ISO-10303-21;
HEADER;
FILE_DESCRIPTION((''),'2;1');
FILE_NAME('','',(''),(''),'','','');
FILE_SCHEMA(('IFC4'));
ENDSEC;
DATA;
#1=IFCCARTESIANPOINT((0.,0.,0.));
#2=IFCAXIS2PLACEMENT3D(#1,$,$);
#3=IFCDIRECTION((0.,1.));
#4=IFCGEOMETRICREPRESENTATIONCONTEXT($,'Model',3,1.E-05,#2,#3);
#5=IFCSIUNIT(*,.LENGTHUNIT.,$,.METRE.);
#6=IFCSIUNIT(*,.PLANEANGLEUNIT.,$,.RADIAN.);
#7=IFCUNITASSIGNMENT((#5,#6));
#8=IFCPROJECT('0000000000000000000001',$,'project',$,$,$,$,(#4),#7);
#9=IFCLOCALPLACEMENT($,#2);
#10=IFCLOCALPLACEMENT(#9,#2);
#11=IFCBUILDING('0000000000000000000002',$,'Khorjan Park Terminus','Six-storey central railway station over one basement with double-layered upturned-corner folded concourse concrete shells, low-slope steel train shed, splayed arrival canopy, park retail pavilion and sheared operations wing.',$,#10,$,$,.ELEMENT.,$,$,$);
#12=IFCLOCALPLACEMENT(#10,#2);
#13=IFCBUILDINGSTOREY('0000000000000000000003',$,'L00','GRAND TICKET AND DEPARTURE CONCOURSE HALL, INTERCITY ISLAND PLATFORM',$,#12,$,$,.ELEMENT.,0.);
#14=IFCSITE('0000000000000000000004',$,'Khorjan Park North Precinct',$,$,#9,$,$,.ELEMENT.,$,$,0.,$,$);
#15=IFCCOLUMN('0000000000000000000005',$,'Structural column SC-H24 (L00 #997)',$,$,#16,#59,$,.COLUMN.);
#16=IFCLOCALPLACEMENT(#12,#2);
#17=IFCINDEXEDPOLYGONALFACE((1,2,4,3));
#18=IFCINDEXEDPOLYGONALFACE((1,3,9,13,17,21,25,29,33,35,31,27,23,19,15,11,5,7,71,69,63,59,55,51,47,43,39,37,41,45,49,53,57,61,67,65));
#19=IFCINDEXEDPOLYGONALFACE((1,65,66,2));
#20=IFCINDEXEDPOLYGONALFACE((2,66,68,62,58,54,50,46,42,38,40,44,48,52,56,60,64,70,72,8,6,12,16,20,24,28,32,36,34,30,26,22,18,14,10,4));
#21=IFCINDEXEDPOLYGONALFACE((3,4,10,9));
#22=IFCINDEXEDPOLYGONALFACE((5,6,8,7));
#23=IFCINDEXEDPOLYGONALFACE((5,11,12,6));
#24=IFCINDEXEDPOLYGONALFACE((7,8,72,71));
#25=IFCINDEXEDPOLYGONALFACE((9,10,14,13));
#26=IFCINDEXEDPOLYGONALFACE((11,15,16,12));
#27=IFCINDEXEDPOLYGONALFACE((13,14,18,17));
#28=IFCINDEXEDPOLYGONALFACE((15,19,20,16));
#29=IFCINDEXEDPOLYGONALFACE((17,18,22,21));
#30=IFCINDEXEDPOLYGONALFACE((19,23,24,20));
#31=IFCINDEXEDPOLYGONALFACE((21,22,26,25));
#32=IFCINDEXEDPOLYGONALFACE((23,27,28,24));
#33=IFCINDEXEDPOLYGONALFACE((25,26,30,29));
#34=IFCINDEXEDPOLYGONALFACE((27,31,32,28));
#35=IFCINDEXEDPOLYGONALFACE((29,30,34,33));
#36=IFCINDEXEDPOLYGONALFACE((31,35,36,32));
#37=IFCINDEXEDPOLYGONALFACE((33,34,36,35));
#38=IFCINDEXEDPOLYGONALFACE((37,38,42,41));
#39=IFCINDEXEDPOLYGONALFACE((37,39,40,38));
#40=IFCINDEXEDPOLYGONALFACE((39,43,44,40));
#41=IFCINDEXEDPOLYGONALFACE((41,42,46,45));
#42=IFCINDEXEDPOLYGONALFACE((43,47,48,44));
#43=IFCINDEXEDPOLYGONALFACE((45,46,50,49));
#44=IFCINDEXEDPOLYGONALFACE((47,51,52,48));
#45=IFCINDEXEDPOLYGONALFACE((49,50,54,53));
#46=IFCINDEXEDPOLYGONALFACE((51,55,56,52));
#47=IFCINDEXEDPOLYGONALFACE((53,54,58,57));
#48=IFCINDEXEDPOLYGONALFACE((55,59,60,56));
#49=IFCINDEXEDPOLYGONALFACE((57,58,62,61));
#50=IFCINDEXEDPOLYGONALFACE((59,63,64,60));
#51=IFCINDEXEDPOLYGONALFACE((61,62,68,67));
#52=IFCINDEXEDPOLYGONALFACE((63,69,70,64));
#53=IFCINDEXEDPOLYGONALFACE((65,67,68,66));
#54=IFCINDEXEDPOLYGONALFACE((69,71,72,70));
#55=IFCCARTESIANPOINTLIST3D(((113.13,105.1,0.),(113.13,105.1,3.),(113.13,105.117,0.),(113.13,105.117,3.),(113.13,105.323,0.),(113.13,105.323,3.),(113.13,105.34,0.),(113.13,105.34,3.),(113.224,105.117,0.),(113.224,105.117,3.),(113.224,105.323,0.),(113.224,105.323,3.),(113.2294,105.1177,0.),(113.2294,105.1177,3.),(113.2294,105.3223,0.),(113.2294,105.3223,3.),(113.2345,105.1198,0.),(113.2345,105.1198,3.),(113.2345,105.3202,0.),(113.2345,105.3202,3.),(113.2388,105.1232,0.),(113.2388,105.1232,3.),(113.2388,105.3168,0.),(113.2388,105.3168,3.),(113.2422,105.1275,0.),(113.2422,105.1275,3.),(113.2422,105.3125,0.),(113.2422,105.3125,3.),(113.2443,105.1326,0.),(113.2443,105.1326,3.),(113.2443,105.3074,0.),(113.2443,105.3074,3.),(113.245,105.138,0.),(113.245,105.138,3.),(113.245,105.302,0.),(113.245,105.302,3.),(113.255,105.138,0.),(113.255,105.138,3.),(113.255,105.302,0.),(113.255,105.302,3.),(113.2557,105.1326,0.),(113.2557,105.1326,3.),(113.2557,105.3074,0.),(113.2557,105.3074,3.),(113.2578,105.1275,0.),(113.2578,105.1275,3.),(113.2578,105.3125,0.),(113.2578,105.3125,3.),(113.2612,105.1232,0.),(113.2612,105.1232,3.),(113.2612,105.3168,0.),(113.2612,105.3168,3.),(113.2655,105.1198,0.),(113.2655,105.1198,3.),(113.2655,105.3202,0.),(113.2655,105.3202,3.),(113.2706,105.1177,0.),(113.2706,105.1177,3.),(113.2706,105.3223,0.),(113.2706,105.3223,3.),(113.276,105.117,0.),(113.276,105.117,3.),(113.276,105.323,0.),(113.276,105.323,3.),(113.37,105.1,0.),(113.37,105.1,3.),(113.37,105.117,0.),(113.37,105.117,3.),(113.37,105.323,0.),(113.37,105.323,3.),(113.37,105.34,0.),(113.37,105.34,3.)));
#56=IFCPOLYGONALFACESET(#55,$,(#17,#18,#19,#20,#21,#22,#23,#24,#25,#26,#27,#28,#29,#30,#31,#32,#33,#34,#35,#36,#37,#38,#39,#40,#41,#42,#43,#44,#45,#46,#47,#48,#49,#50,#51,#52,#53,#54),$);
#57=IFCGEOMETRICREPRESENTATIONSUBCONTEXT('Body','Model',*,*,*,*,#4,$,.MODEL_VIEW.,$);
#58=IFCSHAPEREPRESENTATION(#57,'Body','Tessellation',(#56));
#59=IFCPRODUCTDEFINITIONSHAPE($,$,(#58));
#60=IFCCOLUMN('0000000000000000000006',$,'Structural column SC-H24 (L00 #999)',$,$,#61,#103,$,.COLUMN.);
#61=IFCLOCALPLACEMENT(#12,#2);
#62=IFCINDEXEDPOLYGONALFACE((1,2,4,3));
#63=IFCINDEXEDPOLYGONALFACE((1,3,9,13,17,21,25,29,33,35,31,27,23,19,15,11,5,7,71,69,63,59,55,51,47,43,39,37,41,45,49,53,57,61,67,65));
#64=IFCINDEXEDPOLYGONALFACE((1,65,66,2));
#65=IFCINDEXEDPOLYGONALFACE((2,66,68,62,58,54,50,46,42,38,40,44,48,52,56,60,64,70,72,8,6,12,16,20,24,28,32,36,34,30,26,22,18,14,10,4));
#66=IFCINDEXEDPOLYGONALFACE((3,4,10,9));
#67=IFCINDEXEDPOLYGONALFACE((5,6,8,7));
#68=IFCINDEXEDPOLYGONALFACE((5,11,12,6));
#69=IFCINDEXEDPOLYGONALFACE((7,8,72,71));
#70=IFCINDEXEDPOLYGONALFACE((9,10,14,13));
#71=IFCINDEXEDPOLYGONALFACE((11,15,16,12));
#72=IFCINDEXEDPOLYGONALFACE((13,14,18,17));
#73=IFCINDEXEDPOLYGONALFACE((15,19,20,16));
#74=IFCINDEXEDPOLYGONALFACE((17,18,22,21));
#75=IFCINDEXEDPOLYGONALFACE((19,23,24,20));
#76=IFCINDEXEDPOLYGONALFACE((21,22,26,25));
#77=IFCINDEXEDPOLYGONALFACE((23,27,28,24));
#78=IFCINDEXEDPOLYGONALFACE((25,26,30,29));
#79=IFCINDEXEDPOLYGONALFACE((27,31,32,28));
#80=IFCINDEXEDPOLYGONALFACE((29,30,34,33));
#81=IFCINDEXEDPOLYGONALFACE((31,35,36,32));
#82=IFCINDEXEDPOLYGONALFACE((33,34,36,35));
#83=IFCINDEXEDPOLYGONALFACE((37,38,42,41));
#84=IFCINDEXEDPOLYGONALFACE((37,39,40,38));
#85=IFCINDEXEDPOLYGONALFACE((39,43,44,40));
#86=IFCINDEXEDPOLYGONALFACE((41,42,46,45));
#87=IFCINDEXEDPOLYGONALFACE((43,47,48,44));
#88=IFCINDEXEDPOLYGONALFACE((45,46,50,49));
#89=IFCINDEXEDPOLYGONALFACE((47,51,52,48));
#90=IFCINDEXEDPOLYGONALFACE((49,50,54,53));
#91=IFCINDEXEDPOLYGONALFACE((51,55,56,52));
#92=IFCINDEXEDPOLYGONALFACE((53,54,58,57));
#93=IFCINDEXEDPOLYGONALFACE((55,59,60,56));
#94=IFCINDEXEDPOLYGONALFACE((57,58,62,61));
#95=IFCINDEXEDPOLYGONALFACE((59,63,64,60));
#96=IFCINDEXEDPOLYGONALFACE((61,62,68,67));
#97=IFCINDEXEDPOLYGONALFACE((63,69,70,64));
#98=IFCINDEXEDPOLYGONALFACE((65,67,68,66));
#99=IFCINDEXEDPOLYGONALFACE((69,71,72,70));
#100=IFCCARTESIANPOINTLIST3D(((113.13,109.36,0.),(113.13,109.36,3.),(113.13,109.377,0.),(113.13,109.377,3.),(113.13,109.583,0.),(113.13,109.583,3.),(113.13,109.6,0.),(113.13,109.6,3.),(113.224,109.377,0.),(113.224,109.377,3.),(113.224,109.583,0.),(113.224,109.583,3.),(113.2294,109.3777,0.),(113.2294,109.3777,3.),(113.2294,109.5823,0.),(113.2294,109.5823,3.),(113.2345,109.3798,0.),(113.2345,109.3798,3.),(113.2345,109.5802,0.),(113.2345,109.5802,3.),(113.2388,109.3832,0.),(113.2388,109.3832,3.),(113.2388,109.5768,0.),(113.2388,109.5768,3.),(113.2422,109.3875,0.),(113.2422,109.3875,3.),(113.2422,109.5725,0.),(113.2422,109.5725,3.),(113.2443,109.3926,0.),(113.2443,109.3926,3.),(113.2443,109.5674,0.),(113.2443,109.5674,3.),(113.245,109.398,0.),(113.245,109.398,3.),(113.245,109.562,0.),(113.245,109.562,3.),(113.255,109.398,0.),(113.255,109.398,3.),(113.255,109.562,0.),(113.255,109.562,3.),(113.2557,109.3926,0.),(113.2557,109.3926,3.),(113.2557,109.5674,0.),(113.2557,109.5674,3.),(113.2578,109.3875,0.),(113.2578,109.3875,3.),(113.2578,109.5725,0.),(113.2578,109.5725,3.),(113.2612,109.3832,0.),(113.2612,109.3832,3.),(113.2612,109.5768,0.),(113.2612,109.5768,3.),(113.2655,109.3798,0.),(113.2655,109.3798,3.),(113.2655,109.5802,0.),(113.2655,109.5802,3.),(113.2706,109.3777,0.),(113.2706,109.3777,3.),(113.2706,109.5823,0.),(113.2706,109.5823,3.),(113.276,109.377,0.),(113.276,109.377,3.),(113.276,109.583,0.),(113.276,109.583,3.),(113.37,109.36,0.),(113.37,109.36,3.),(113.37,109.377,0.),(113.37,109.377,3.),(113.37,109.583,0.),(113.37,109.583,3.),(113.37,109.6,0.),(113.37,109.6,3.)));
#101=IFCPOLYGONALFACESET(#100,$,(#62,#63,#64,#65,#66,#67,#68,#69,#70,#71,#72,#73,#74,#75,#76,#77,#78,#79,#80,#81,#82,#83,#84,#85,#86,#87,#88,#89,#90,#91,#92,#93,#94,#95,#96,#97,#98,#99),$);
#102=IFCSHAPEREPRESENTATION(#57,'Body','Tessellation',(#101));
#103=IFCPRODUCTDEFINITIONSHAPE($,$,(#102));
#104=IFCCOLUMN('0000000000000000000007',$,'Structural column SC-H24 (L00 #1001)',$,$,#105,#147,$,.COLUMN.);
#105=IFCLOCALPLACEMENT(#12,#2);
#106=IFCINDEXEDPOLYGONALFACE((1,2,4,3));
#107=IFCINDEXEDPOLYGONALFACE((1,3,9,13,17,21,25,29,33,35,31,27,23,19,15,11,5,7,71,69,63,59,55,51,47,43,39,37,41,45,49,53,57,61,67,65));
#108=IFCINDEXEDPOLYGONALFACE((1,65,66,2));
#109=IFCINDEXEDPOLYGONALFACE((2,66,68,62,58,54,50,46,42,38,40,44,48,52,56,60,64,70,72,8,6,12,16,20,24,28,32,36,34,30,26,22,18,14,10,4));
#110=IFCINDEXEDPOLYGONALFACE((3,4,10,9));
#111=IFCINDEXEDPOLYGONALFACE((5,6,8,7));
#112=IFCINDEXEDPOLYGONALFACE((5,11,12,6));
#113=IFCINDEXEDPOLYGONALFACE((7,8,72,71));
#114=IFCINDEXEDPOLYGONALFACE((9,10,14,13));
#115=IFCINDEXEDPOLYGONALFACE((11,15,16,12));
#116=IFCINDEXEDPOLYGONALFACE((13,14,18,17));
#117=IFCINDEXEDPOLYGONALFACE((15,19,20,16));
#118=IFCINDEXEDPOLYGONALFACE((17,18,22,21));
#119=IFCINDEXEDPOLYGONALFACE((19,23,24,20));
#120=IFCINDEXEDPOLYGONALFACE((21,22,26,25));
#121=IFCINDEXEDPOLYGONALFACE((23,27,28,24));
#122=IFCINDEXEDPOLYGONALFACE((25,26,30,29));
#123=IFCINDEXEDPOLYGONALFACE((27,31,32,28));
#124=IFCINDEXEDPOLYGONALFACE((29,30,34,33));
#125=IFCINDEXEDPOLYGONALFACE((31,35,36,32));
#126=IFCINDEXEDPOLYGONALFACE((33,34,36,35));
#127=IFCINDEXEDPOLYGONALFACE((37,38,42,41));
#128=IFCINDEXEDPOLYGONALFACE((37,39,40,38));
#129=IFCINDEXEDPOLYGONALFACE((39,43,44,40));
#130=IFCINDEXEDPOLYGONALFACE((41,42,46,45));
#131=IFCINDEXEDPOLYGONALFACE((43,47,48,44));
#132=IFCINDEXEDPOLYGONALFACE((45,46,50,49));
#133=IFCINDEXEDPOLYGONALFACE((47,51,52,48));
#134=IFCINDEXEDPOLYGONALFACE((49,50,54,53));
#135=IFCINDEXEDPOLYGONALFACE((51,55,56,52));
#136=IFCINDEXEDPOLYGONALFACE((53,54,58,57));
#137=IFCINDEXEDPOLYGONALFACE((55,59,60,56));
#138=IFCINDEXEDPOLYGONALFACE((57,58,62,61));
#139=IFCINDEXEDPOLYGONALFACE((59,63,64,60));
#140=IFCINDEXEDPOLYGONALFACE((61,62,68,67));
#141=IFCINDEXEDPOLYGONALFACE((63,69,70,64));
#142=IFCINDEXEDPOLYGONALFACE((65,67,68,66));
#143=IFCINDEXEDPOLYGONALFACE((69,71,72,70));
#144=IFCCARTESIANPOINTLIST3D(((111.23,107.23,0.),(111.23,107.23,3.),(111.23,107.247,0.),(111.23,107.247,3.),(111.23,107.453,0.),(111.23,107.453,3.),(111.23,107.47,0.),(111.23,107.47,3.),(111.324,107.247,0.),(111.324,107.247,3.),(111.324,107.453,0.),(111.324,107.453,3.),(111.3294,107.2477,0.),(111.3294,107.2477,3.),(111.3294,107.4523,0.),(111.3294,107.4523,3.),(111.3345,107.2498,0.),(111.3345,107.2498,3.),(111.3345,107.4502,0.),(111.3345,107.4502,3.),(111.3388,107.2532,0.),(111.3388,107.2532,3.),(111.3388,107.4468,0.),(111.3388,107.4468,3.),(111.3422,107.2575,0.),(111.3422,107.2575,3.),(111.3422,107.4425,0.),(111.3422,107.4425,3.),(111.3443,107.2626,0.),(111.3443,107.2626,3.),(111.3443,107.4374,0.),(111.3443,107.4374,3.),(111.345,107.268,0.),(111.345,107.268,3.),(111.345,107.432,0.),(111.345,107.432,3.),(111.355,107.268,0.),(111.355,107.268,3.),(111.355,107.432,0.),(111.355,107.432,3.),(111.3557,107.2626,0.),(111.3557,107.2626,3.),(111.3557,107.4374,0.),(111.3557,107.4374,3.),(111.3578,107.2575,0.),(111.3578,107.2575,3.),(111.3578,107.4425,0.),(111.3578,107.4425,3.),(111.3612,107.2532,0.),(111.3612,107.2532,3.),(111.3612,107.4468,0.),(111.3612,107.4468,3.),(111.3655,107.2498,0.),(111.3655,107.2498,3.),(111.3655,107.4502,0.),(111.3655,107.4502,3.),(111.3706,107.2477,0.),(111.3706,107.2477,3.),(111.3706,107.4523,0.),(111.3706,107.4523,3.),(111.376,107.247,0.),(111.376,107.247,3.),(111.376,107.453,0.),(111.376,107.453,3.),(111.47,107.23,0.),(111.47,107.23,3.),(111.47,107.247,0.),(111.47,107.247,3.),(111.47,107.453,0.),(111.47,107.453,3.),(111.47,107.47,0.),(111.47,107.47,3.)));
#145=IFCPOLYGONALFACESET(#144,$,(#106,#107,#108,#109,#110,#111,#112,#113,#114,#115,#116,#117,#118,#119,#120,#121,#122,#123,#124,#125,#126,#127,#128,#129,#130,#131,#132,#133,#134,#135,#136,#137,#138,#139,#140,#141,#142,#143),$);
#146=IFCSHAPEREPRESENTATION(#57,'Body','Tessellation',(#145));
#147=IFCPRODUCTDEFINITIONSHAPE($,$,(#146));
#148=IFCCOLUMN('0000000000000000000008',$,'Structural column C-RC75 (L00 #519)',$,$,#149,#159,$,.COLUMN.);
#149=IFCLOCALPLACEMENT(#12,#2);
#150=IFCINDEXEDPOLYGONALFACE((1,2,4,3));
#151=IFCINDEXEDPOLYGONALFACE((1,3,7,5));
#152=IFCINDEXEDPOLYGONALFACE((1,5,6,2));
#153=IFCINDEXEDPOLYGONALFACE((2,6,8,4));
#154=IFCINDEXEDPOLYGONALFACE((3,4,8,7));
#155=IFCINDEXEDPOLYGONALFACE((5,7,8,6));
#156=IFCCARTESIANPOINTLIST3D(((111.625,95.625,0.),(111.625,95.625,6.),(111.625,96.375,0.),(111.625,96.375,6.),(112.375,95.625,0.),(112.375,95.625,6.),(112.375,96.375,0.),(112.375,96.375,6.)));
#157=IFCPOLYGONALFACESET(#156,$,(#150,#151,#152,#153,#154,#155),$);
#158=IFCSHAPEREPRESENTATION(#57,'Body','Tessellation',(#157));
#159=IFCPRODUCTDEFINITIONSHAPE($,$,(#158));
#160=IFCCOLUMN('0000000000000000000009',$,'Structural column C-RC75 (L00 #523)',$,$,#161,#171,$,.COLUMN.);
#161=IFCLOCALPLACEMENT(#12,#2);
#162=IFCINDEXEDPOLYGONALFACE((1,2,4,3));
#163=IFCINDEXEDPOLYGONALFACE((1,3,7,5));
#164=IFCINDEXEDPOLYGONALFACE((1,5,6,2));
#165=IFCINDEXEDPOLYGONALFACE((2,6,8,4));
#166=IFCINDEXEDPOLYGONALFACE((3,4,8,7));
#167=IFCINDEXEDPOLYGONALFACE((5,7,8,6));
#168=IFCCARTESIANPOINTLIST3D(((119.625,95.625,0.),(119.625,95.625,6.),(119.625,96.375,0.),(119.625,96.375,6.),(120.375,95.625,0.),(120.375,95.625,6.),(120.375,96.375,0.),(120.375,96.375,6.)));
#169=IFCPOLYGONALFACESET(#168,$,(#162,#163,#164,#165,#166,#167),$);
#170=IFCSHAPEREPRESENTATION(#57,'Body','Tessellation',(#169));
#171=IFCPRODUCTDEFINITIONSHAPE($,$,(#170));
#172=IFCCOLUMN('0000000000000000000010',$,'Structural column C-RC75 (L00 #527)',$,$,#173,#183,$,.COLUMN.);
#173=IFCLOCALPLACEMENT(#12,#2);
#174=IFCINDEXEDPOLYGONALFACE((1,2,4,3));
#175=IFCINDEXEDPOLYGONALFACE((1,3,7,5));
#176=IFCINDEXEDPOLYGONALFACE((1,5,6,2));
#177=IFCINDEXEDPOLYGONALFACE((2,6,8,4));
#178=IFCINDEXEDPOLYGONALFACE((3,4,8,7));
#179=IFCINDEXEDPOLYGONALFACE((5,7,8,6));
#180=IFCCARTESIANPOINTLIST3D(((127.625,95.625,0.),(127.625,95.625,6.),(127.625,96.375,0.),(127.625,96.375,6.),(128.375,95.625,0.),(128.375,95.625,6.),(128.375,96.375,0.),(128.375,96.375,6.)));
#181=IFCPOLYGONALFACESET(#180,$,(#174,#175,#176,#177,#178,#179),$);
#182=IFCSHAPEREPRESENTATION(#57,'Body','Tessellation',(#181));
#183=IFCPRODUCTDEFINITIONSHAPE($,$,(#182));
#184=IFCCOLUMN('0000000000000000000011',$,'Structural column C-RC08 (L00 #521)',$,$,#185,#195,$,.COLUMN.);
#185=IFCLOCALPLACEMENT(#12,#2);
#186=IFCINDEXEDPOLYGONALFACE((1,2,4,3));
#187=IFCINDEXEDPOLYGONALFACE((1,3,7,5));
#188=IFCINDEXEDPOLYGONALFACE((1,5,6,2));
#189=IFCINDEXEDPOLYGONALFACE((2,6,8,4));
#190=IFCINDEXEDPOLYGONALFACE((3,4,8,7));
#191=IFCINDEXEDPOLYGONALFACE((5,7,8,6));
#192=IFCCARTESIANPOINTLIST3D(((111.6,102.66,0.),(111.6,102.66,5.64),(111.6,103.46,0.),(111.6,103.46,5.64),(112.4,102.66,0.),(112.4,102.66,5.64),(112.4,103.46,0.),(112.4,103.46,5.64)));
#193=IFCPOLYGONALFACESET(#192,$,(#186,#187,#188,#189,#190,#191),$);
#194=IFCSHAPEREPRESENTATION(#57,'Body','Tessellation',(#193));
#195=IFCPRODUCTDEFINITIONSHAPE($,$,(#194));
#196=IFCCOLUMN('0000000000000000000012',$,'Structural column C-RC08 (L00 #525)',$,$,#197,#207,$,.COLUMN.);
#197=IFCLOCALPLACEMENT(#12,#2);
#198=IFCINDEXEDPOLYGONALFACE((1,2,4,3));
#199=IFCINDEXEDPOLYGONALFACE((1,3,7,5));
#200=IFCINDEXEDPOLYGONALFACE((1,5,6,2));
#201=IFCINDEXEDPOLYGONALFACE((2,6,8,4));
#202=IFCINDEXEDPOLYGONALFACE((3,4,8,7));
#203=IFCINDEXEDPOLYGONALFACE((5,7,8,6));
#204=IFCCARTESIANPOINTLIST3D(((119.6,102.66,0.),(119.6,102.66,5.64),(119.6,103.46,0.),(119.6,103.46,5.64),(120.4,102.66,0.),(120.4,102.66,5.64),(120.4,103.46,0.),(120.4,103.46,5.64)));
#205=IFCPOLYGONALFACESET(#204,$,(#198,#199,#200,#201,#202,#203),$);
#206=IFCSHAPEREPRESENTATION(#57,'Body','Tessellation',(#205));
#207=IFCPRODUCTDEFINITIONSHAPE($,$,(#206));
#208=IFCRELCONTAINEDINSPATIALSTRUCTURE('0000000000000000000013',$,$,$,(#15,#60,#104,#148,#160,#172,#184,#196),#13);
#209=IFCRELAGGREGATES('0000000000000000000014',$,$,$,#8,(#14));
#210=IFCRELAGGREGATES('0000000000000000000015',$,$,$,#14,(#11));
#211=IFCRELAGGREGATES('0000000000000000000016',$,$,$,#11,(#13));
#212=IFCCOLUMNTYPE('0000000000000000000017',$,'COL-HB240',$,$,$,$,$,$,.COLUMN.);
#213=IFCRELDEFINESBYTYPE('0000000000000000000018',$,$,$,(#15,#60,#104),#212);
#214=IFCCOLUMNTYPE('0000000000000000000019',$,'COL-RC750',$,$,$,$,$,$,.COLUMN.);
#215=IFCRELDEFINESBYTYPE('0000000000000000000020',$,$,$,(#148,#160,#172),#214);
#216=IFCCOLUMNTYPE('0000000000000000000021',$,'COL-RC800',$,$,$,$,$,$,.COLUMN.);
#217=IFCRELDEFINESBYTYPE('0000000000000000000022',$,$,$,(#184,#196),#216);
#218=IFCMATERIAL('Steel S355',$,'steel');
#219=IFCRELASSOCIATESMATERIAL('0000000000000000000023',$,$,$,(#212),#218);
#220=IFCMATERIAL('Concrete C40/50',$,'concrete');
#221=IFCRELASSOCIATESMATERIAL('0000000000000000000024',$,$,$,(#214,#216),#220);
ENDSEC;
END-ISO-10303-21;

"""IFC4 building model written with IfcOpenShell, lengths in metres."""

from ifc_helpers import new_model, si_unit, direction, frame, origin, origin_2d, place, context, subcontext, project, spatial, rectangle, i_section, extrude, material, material_profile, profile_set, type_object, element, save


model = new_model("IFC4")

# Units and contexts
model_context = context("Model", 3, precision=1e-05, world=origin(), true_north=direction((0.0, 1.0)))
body_context = subcontext(model_context, "Body", "Model", "MODEL_VIEW")
ifc_project = project(units=[si_unit("LENGTHUNIT", "METRE"), si_unit("PLANEANGLEUNIT", "RADIAN")], contexts=[model_context])

# Site, building, storey
site_placement = place(None, origin())
site = spatial("IfcSite", under=ifc_project, at=site_placement, Name="Khorjan Park North Precinct", CompositionType="ELEMENT", RefElevation=0.0)
building_placement = place(site_placement, origin())
building = spatial("IfcBuilding", under=site, at=building_placement, Name="Khorjan Park Terminus", Description="Six-storey central railway station over one basement with double-layered upturned-corner folded concourse concrete shells, low-slope steel train shed, splayed arrival canopy, park retail pavilion and sheared operations wing.", CompositionType="ELEMENT")
storey_placement = place(building_placement, origin())
storey = spatial("IfcBuildingStorey", under=building, at=storey_placement, Name="L00", Description="GRAND TICKET AND DEPARTURE CONCOURSE HALL, INTERCITY ISLAND PLATFORM", CompositionType="ELEMENT", Elevation=0.0)

# Columns
ifc_material_1 = material(Name="Steel S355", Category="steel")
ifc_material_profile_1 = material_profile(ifc_material_1, i_section(OverallWidth=0.24, OverallDepth=0.24, WebThickness=0.01, FlangeThickness=0.017, FilletRadius=0.021, at=origin_2d()), Name="HEB 240")
ifc_profile_set_1 = profile_set([ifc_material_profile_1], Name="Steel S355")
column_type_1 = type_object("IfcColumnType", Name="COL-HB240", PredefinedType="COLUMN", material=ifc_profile_set_1)
for number, where, z_axis, x_axis, name in (
    (1, (113.25, 105.22, 0.0), (0.0, 0.0, 1.0), (1.0, 0.0, 0.0), "Structural column SC-H24 (L00 #997)"),
    (2, (113.25, 109.48, 0.0), (0.0, 0.0, 1.0), (1.0, 0.0, 0.0), "Structural column SC-H24 (L00 #999)"),
    (3, (111.35, 107.35, 0.0), (0.0, 0.0, 1.0), (1.0, 0.0, 0.0), "Structural column SC-H24 (L00 #1001)"),
):
    element("IfcColumn", number, at=place(storey_placement, frame(where, z_axis=z_axis, x_axis=x_axis)), inside=storey, type_object=column_type_1, Name=name, PredefinedType="COLUMN", context=body_context, shape_type="SweptSolid", body=[
        extrude(i_section(OverallWidth=0.24, OverallDepth=0.24, WebThickness=0.01, FlangeThickness=0.017, FilletRadius=0.021, at=origin_2d()), origin(), (0.0, 0.0, 1.0), 3.0),
    ])
ifc_material_2 = material(Name="Concrete C40/50", Category="concrete")
ifc_material_profile_2 = material_profile(ifc_material_2, rectangle(XDim=0.75, YDim=0.75, at=origin_2d()), Name="RC 750x750")
ifc_profile_set_2 = profile_set([ifc_material_profile_2], Name="Concrete C40/50")
column_type_2 = type_object("IfcColumnType", Name="COL-RC750", PredefinedType="COLUMN", material=ifc_profile_set_2)
for number, where, z_axis, x_axis, name in (
    (4, (112.0, 96.0, 0.0), (0.0, 0.0, 1.0), (1.0, 0.0, 0.0), "Structural column C-RC75 (L00 #519)"),
    (5, (120.0, 96.0, 0.0), (0.0, 0.0, 1.0), (1.0, 0.0, 0.0), "Structural column C-RC75 (L00 #523)"),
    (6, (128.0, 96.0, 0.0), (0.0, 0.0, 1.0), (1.0, 0.0, 0.0), "Structural column C-RC75 (L00 #527)"),
):
    element("IfcColumn", number, at=place(storey_placement, frame(where, z_axis=z_axis, x_axis=x_axis)), inside=storey, type_object=column_type_2, Name=name, PredefinedType="COLUMN", context=body_context, shape_type="SweptSolid", body=[
        extrude(rectangle(XDim=0.75, YDim=0.75, at=origin_2d()), origin(), (0.0, 0.0, 1.0), 6.0),
    ])
ifc_material_profile_3 = material_profile(ifc_material_2, rectangle(XDim=0.8, YDim=0.8, at=origin_2d()), Name="RC 800x800")
ifc_profile_set_3 = profile_set([ifc_material_profile_3], Name="Concrete C40/50")
column_type_3 = type_object("IfcColumnType", Name="COL-RC800", PredefinedType="COLUMN", material=ifc_profile_set_3)
for number, where, z_axis, x_axis, name in (
    (7, (112.0, 103.06, 0.0), (0.0, 0.0, 1.0), (1.0, 0.0, 0.0), "Structural column C-RC08 (L00 #521)"),
    (8, (120.0, 103.06, 0.0), (0.0, 0.0, 1.0), (1.0, 0.0, 0.0), "Structural column C-RC08 (L00 #525)"),
):
    element("IfcColumn", number, at=place(storey_placement, frame(where, z_axis=z_axis, x_axis=x_axis)), inside=storey, type_object=column_type_3, Name=name, PredefinedType="COLUMN", context=body_context, shape_type="SweptSolid", body=[
        extrude(rectangle(XDim=0.8, YDim=0.8, at=origin_2d()), origin(), (0.0, 0.0, 1.0), 5.64),
    ])

save(model, "model.ifc")
